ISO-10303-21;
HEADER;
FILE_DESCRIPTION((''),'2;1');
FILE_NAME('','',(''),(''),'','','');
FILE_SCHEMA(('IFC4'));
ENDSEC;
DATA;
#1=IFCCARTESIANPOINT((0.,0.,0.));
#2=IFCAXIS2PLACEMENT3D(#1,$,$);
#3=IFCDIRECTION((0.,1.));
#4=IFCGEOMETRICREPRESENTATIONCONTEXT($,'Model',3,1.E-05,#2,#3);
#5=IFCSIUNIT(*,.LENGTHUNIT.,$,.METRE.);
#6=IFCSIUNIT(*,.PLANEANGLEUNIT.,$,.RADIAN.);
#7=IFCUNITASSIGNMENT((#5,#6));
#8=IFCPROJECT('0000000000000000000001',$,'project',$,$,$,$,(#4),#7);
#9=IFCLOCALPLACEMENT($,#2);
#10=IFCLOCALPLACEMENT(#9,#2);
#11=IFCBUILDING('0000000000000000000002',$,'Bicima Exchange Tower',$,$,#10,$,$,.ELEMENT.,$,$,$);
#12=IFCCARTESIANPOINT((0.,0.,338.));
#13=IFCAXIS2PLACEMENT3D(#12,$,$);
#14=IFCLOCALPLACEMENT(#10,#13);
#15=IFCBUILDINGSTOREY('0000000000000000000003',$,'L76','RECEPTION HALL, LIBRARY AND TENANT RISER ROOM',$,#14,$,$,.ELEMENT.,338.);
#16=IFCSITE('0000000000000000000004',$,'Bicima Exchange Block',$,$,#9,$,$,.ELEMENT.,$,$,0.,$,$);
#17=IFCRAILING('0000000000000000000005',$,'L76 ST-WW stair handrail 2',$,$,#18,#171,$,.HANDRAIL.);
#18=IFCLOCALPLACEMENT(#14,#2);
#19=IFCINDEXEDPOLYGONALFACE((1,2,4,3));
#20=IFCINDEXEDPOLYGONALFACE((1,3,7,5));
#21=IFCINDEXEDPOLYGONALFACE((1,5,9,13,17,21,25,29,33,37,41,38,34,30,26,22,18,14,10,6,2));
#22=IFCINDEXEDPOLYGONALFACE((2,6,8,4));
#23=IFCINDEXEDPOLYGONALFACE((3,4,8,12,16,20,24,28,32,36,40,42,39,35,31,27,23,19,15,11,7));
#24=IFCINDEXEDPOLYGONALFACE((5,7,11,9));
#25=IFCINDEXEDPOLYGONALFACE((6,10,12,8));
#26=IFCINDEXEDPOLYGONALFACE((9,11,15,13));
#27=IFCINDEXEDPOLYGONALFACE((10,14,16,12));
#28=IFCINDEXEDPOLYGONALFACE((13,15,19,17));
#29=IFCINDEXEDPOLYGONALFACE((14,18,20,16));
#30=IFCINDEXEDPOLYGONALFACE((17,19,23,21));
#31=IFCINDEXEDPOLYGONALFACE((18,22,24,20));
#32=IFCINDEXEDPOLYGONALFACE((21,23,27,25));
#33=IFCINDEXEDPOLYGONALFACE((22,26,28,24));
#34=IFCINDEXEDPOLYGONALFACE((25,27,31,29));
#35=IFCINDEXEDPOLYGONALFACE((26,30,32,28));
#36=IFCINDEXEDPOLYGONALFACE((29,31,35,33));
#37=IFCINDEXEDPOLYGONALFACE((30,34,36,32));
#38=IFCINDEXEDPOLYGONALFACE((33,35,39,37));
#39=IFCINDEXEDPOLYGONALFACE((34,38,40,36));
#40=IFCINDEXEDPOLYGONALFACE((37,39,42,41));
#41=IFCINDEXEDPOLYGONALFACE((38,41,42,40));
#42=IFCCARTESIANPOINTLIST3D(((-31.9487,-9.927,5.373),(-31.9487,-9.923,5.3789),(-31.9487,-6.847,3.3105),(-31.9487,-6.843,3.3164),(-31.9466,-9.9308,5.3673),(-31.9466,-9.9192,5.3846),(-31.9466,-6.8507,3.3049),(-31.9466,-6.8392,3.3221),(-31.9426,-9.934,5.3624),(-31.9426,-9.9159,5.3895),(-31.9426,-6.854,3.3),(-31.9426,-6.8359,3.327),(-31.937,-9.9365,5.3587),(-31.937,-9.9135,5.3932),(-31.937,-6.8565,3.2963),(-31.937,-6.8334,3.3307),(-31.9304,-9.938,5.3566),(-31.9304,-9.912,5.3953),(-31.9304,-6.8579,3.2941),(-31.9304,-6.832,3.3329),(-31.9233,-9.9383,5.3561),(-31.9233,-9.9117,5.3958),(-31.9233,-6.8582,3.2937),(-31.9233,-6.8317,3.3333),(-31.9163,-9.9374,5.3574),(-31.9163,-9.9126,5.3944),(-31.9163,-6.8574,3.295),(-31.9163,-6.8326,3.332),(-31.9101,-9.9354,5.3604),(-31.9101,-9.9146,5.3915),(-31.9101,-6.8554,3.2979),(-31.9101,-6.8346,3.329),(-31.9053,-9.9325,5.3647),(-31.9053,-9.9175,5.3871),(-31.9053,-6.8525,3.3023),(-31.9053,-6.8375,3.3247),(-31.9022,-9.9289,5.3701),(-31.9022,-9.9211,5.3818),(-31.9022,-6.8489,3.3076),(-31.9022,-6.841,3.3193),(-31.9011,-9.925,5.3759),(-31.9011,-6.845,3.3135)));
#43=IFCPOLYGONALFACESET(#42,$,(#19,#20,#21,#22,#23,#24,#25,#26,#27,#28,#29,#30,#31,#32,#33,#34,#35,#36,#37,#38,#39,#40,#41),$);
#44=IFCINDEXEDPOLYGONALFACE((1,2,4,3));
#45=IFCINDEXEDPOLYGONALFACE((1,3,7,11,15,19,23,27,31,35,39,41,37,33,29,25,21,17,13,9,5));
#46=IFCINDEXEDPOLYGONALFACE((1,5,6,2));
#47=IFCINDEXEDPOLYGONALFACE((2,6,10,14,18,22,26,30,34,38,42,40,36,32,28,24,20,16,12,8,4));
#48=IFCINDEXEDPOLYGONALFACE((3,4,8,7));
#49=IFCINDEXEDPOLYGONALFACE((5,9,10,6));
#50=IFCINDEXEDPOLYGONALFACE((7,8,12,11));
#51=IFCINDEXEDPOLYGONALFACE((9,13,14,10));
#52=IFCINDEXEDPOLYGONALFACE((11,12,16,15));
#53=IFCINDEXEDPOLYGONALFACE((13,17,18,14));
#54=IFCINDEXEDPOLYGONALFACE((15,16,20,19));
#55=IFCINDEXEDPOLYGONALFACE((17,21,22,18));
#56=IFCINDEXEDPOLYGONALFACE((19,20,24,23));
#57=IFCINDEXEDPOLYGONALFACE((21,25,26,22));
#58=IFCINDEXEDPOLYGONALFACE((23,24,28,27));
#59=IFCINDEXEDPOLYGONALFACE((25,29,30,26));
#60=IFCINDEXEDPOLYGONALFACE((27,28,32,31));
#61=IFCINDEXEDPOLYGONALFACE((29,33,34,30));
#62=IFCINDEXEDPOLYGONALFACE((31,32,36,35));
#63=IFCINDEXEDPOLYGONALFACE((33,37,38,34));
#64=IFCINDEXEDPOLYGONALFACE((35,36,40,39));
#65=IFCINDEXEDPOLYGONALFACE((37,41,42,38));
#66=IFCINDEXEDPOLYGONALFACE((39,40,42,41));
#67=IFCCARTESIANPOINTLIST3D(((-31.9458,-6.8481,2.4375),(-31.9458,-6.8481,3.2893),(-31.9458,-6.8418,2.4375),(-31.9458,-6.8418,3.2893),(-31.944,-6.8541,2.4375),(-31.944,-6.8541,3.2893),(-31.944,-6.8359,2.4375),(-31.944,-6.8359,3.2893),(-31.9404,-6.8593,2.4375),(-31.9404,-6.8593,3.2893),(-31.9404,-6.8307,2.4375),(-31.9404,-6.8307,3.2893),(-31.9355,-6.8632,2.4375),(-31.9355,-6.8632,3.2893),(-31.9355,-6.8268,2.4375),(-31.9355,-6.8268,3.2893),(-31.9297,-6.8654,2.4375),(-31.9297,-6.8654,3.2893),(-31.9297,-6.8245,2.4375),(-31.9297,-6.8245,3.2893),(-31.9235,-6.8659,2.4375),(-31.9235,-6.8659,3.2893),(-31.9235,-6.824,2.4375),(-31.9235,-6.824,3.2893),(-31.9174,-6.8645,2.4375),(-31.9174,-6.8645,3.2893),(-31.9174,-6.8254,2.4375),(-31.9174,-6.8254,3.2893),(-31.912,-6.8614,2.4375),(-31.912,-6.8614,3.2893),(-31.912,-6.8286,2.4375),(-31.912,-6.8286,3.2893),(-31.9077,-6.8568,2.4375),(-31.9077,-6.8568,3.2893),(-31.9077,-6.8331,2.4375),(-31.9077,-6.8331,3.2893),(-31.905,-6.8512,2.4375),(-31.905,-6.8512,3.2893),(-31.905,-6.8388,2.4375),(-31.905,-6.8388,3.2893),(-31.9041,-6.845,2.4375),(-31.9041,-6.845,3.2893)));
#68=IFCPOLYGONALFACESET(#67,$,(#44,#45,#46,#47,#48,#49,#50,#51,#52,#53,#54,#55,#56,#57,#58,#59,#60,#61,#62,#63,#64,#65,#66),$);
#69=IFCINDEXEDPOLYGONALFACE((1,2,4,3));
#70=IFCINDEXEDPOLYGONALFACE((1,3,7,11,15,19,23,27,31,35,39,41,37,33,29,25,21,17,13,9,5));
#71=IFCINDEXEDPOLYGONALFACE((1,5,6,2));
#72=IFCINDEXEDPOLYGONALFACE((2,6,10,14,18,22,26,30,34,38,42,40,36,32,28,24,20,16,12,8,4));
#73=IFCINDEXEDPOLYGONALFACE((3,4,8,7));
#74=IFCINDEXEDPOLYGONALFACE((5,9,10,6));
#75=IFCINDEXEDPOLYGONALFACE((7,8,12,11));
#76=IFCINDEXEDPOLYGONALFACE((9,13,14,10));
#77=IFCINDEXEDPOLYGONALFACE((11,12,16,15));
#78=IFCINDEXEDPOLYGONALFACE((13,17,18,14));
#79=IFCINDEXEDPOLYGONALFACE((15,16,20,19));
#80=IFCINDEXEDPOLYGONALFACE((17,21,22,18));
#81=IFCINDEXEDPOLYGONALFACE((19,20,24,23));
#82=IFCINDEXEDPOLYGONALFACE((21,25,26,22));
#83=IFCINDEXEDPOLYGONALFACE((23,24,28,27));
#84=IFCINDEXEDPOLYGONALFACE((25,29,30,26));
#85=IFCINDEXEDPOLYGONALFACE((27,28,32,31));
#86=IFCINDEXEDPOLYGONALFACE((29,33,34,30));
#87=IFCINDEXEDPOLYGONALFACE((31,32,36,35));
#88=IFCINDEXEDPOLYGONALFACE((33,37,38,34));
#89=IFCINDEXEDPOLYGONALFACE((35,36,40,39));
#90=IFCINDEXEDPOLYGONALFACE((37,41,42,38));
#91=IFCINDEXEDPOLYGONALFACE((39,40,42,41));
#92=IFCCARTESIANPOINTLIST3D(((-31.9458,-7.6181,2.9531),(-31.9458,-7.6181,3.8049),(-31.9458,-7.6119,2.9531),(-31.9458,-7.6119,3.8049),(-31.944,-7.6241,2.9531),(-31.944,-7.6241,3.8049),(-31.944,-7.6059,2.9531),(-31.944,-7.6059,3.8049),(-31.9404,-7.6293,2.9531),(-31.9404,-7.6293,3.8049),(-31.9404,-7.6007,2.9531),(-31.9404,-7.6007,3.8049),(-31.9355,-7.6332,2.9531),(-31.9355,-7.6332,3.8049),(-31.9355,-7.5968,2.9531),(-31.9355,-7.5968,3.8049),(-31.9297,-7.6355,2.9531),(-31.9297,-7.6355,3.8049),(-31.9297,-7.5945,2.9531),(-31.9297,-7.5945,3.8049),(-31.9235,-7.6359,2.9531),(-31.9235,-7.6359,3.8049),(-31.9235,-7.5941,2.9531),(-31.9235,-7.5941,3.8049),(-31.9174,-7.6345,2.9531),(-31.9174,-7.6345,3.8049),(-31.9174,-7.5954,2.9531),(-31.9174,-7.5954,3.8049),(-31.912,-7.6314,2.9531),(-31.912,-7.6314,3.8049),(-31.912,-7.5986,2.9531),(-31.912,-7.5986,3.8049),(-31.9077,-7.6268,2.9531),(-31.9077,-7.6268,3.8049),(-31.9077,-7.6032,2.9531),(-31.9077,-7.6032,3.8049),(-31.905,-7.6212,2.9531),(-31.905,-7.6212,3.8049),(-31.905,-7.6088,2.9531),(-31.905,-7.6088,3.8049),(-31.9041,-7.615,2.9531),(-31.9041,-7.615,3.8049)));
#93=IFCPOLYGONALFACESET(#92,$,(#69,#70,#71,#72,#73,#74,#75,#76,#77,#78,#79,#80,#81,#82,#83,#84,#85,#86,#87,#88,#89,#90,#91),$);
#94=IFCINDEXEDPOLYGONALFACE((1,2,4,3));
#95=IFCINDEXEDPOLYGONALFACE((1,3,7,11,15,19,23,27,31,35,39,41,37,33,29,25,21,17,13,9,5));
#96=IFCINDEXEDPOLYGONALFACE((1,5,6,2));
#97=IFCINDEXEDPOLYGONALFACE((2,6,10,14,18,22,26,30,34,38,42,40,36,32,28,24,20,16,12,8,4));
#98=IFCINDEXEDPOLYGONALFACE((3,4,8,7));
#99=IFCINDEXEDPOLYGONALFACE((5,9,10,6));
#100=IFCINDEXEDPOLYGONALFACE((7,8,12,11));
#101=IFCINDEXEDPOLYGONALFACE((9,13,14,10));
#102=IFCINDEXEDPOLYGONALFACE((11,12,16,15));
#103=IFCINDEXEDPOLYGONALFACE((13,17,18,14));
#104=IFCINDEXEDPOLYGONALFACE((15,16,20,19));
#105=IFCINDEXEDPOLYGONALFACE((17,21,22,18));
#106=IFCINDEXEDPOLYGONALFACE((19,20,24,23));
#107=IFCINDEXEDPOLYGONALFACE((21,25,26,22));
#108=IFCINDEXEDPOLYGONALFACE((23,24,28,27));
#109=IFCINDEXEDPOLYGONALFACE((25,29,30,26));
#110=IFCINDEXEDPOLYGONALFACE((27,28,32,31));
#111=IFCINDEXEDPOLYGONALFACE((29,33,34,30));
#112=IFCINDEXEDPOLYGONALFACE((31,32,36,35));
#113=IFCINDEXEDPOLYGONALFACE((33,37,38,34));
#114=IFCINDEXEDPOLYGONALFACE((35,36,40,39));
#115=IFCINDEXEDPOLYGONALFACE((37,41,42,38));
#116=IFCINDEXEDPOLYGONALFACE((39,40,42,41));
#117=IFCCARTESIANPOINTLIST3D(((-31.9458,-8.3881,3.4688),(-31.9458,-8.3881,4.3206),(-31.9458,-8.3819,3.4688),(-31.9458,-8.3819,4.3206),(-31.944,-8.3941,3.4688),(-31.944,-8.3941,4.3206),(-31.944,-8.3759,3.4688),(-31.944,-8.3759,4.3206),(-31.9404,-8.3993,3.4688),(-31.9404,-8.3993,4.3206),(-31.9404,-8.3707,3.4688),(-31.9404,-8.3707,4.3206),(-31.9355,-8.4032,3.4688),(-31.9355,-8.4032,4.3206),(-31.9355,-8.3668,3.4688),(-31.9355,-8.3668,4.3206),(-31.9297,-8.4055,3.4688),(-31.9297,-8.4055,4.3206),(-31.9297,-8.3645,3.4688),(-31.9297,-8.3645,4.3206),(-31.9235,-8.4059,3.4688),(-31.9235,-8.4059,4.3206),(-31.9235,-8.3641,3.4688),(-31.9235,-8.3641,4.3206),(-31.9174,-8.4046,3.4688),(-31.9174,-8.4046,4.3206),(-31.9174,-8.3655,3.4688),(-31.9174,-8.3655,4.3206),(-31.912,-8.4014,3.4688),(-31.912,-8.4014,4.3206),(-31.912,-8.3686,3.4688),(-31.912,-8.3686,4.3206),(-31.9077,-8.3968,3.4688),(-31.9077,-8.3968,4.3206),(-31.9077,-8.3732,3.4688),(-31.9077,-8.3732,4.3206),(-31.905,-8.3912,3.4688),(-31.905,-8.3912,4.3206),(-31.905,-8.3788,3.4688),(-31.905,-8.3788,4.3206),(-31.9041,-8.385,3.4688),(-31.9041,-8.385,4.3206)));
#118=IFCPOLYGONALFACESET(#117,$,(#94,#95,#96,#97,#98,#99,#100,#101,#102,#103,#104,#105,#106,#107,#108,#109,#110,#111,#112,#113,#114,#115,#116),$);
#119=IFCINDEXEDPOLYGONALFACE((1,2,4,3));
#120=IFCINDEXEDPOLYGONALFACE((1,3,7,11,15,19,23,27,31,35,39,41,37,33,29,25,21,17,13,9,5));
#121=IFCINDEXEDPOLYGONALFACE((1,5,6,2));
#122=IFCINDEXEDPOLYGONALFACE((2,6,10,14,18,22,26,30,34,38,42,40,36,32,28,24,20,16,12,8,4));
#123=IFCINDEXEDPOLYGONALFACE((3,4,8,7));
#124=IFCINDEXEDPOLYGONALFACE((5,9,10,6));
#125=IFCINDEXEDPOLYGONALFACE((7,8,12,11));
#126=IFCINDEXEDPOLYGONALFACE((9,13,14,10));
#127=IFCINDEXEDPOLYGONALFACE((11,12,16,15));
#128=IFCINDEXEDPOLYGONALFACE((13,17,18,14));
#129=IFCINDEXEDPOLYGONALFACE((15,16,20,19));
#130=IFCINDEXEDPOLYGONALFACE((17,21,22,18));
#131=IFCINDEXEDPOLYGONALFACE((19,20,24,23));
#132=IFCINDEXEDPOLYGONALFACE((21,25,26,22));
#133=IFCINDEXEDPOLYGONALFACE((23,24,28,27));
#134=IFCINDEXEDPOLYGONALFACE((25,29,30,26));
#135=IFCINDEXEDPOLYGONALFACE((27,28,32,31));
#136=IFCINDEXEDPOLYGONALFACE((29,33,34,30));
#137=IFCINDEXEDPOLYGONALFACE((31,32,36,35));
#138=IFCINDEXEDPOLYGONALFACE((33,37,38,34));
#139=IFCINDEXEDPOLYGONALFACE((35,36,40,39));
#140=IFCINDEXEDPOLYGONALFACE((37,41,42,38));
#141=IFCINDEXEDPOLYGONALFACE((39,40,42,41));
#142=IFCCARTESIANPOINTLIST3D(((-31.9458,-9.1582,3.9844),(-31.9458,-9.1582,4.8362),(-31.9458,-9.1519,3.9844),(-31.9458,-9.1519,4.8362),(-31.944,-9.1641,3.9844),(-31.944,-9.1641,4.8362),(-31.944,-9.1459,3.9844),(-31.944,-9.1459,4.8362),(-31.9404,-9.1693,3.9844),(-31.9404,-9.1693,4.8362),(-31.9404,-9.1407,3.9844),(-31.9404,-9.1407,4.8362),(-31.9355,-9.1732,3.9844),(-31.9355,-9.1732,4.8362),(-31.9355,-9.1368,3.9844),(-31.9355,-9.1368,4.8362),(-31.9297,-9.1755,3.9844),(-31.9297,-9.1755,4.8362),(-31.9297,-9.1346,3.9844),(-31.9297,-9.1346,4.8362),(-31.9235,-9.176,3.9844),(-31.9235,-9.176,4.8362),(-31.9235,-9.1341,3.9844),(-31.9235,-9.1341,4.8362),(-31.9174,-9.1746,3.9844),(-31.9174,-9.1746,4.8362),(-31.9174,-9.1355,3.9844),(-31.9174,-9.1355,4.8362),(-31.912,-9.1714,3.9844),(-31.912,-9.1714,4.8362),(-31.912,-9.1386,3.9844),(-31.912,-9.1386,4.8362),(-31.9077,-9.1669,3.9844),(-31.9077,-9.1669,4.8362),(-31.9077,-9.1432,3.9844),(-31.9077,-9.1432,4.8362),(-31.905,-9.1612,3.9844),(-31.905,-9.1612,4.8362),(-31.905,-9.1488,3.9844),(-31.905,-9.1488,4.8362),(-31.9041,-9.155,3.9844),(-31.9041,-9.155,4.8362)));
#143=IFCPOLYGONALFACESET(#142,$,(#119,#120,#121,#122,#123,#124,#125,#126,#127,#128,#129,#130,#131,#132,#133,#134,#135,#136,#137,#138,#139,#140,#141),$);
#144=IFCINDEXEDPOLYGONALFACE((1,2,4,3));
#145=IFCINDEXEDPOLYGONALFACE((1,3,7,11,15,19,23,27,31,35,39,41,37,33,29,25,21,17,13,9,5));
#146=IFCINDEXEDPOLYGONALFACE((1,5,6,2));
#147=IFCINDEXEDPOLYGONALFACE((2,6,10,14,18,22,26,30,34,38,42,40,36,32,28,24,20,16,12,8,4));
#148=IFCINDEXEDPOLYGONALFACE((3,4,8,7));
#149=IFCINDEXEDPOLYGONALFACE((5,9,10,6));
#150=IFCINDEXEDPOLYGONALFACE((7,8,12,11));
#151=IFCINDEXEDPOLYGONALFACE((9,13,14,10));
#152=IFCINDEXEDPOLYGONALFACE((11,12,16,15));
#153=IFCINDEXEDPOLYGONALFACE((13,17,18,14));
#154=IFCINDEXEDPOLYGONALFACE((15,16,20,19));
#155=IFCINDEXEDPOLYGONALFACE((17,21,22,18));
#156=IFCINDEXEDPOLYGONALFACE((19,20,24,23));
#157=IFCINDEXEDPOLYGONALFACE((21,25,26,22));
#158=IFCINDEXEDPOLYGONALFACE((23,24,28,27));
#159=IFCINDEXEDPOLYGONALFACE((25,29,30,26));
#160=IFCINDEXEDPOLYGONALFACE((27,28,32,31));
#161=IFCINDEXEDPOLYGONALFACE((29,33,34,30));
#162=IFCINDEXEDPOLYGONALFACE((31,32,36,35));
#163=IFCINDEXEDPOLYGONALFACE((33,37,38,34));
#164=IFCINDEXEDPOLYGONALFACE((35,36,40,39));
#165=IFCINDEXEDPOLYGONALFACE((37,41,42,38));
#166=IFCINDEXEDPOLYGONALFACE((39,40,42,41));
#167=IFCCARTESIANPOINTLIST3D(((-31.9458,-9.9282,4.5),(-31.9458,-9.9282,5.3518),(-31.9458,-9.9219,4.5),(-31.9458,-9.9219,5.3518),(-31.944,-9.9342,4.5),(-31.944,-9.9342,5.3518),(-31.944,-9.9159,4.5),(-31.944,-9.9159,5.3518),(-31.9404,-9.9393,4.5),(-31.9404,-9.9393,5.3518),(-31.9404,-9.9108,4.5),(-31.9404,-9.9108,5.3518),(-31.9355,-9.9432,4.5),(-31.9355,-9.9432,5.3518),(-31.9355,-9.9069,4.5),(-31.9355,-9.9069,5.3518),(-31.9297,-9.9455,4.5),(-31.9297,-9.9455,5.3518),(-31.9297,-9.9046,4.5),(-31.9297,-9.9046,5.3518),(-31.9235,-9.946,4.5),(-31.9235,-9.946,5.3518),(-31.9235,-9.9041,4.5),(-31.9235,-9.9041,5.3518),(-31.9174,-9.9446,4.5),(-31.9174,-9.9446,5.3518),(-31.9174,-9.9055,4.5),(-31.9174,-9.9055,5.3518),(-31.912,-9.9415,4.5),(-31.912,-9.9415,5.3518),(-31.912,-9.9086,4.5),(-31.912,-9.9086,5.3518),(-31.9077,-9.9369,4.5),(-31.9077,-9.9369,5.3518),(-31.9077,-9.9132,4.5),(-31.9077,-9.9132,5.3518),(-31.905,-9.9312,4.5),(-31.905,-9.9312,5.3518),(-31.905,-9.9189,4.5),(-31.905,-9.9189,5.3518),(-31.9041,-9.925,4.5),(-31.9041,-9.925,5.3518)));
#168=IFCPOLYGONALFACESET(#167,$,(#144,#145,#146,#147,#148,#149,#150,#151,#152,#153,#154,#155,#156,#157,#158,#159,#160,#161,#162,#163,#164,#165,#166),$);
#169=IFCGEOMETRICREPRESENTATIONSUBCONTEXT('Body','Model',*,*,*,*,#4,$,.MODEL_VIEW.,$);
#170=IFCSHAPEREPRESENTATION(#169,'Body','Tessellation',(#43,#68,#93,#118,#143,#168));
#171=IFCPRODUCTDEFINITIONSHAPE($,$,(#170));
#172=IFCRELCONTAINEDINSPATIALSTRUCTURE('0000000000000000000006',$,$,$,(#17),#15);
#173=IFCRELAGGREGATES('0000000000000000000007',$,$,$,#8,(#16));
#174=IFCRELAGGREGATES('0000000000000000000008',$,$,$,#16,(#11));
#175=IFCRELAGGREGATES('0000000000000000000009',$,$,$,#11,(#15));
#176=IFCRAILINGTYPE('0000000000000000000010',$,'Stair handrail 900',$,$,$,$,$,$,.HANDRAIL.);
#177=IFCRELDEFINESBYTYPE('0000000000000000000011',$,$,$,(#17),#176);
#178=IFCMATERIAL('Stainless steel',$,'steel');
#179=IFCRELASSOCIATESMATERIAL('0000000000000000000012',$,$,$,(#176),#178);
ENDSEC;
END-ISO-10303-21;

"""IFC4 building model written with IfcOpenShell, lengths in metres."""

from ifc_helpers import new_model, si_unit, direction, frame, origin, origin_2d, place, context, subcontext, project, spatial, circle, extrude, material, type_object, element, save


model = new_model("IFC4")

# Units and contexts
model_context = context("Model", 3, precision=1e-05, world=origin(), true_north=direction((0.0, 1.0)))
body_context = subcontext(model_context, "Body", "Model", "MODEL_VIEW")
ifc_project = project(units=[si_unit("LENGTHUNIT", "METRE"), si_unit("PLANEANGLEUNIT", "RADIAN")], contexts=[model_context])

# Site, building, storey
site_placement = place(None, origin())
site = spatial("IfcSite", under=ifc_project, at=site_placement, Name="Bicima Exchange Block", CompositionType="ELEMENT", RefElevation=0.0)
building_placement = place(site_placement, origin())
building = spatial("IfcBuilding", under=site, at=building_placement, Name="Bicima Exchange Tower", CompositionType="ELEMENT")
storey_placement = place(building_placement, frame((0.0, 0.0, 338.0)))
storey = spatial("IfcBuildingStorey", under=building, at=storey_placement, Name="L76", Description="RECEPTION HALL, LIBRARY AND TENANT RISER ROOM", CompositionType="ELEMENT", Elevation=338.0)

# Railing
ifc_material_1 = material(Name="Stainless steel", Category="steel")
railing_type = type_object("IfcRailingType", Name="Stair handrail 900", PredefinedType="HANDRAIL", material=ifc_material_1)
railing_placement = place(storey_placement, frame((-31.925, -6.845, 2.4375)))
element("IfcRailing", 1, at=railing_placement, inside=storey, type_object=railing_type, Name="L76 ST-WW stair handrail 2", PredefinedType="HANDRAIL", context=body_context, shape_type="SweptSolid", body=[
    extrude(circle(Radius=0.0239, at=origin_2d()), frame((0.0, 0.0, 0.876), z_axis=(0.0, -0.830914, 0.556401), x_axis=(1.0, 0.0, 0.0)), (0.0, 0.0, 1.0), 3.7068),
    extrude(circle(Radius=0.021, at=origin_2d()), origin(), (0.0, 0.0, 1.0), 0.8518),
    extrude(circle(Radius=0.021, at=origin_2d()), frame((0.0, -0.77, 0.5156)), (0.0, 0.0, 1.0), 0.8518),
    extrude(circle(Radius=0.021, at=origin_2d()), frame((0.0, -1.54, 1.0312)), (0.0, 0.0, 1.0), 0.8518),
    extrude(circle(Radius=0.021, at=origin_2d()), frame((0.0, -2.3101, 1.5469)), (0.0, 0.0, 1.0), 0.8518),
    extrude(circle(Radius=0.021, at=origin_2d()), frame((0.0, -3.0801, 2.0625)), (0.0, 0.0, 1.0), 0.8518),
])

save(model, "model.ifc")
